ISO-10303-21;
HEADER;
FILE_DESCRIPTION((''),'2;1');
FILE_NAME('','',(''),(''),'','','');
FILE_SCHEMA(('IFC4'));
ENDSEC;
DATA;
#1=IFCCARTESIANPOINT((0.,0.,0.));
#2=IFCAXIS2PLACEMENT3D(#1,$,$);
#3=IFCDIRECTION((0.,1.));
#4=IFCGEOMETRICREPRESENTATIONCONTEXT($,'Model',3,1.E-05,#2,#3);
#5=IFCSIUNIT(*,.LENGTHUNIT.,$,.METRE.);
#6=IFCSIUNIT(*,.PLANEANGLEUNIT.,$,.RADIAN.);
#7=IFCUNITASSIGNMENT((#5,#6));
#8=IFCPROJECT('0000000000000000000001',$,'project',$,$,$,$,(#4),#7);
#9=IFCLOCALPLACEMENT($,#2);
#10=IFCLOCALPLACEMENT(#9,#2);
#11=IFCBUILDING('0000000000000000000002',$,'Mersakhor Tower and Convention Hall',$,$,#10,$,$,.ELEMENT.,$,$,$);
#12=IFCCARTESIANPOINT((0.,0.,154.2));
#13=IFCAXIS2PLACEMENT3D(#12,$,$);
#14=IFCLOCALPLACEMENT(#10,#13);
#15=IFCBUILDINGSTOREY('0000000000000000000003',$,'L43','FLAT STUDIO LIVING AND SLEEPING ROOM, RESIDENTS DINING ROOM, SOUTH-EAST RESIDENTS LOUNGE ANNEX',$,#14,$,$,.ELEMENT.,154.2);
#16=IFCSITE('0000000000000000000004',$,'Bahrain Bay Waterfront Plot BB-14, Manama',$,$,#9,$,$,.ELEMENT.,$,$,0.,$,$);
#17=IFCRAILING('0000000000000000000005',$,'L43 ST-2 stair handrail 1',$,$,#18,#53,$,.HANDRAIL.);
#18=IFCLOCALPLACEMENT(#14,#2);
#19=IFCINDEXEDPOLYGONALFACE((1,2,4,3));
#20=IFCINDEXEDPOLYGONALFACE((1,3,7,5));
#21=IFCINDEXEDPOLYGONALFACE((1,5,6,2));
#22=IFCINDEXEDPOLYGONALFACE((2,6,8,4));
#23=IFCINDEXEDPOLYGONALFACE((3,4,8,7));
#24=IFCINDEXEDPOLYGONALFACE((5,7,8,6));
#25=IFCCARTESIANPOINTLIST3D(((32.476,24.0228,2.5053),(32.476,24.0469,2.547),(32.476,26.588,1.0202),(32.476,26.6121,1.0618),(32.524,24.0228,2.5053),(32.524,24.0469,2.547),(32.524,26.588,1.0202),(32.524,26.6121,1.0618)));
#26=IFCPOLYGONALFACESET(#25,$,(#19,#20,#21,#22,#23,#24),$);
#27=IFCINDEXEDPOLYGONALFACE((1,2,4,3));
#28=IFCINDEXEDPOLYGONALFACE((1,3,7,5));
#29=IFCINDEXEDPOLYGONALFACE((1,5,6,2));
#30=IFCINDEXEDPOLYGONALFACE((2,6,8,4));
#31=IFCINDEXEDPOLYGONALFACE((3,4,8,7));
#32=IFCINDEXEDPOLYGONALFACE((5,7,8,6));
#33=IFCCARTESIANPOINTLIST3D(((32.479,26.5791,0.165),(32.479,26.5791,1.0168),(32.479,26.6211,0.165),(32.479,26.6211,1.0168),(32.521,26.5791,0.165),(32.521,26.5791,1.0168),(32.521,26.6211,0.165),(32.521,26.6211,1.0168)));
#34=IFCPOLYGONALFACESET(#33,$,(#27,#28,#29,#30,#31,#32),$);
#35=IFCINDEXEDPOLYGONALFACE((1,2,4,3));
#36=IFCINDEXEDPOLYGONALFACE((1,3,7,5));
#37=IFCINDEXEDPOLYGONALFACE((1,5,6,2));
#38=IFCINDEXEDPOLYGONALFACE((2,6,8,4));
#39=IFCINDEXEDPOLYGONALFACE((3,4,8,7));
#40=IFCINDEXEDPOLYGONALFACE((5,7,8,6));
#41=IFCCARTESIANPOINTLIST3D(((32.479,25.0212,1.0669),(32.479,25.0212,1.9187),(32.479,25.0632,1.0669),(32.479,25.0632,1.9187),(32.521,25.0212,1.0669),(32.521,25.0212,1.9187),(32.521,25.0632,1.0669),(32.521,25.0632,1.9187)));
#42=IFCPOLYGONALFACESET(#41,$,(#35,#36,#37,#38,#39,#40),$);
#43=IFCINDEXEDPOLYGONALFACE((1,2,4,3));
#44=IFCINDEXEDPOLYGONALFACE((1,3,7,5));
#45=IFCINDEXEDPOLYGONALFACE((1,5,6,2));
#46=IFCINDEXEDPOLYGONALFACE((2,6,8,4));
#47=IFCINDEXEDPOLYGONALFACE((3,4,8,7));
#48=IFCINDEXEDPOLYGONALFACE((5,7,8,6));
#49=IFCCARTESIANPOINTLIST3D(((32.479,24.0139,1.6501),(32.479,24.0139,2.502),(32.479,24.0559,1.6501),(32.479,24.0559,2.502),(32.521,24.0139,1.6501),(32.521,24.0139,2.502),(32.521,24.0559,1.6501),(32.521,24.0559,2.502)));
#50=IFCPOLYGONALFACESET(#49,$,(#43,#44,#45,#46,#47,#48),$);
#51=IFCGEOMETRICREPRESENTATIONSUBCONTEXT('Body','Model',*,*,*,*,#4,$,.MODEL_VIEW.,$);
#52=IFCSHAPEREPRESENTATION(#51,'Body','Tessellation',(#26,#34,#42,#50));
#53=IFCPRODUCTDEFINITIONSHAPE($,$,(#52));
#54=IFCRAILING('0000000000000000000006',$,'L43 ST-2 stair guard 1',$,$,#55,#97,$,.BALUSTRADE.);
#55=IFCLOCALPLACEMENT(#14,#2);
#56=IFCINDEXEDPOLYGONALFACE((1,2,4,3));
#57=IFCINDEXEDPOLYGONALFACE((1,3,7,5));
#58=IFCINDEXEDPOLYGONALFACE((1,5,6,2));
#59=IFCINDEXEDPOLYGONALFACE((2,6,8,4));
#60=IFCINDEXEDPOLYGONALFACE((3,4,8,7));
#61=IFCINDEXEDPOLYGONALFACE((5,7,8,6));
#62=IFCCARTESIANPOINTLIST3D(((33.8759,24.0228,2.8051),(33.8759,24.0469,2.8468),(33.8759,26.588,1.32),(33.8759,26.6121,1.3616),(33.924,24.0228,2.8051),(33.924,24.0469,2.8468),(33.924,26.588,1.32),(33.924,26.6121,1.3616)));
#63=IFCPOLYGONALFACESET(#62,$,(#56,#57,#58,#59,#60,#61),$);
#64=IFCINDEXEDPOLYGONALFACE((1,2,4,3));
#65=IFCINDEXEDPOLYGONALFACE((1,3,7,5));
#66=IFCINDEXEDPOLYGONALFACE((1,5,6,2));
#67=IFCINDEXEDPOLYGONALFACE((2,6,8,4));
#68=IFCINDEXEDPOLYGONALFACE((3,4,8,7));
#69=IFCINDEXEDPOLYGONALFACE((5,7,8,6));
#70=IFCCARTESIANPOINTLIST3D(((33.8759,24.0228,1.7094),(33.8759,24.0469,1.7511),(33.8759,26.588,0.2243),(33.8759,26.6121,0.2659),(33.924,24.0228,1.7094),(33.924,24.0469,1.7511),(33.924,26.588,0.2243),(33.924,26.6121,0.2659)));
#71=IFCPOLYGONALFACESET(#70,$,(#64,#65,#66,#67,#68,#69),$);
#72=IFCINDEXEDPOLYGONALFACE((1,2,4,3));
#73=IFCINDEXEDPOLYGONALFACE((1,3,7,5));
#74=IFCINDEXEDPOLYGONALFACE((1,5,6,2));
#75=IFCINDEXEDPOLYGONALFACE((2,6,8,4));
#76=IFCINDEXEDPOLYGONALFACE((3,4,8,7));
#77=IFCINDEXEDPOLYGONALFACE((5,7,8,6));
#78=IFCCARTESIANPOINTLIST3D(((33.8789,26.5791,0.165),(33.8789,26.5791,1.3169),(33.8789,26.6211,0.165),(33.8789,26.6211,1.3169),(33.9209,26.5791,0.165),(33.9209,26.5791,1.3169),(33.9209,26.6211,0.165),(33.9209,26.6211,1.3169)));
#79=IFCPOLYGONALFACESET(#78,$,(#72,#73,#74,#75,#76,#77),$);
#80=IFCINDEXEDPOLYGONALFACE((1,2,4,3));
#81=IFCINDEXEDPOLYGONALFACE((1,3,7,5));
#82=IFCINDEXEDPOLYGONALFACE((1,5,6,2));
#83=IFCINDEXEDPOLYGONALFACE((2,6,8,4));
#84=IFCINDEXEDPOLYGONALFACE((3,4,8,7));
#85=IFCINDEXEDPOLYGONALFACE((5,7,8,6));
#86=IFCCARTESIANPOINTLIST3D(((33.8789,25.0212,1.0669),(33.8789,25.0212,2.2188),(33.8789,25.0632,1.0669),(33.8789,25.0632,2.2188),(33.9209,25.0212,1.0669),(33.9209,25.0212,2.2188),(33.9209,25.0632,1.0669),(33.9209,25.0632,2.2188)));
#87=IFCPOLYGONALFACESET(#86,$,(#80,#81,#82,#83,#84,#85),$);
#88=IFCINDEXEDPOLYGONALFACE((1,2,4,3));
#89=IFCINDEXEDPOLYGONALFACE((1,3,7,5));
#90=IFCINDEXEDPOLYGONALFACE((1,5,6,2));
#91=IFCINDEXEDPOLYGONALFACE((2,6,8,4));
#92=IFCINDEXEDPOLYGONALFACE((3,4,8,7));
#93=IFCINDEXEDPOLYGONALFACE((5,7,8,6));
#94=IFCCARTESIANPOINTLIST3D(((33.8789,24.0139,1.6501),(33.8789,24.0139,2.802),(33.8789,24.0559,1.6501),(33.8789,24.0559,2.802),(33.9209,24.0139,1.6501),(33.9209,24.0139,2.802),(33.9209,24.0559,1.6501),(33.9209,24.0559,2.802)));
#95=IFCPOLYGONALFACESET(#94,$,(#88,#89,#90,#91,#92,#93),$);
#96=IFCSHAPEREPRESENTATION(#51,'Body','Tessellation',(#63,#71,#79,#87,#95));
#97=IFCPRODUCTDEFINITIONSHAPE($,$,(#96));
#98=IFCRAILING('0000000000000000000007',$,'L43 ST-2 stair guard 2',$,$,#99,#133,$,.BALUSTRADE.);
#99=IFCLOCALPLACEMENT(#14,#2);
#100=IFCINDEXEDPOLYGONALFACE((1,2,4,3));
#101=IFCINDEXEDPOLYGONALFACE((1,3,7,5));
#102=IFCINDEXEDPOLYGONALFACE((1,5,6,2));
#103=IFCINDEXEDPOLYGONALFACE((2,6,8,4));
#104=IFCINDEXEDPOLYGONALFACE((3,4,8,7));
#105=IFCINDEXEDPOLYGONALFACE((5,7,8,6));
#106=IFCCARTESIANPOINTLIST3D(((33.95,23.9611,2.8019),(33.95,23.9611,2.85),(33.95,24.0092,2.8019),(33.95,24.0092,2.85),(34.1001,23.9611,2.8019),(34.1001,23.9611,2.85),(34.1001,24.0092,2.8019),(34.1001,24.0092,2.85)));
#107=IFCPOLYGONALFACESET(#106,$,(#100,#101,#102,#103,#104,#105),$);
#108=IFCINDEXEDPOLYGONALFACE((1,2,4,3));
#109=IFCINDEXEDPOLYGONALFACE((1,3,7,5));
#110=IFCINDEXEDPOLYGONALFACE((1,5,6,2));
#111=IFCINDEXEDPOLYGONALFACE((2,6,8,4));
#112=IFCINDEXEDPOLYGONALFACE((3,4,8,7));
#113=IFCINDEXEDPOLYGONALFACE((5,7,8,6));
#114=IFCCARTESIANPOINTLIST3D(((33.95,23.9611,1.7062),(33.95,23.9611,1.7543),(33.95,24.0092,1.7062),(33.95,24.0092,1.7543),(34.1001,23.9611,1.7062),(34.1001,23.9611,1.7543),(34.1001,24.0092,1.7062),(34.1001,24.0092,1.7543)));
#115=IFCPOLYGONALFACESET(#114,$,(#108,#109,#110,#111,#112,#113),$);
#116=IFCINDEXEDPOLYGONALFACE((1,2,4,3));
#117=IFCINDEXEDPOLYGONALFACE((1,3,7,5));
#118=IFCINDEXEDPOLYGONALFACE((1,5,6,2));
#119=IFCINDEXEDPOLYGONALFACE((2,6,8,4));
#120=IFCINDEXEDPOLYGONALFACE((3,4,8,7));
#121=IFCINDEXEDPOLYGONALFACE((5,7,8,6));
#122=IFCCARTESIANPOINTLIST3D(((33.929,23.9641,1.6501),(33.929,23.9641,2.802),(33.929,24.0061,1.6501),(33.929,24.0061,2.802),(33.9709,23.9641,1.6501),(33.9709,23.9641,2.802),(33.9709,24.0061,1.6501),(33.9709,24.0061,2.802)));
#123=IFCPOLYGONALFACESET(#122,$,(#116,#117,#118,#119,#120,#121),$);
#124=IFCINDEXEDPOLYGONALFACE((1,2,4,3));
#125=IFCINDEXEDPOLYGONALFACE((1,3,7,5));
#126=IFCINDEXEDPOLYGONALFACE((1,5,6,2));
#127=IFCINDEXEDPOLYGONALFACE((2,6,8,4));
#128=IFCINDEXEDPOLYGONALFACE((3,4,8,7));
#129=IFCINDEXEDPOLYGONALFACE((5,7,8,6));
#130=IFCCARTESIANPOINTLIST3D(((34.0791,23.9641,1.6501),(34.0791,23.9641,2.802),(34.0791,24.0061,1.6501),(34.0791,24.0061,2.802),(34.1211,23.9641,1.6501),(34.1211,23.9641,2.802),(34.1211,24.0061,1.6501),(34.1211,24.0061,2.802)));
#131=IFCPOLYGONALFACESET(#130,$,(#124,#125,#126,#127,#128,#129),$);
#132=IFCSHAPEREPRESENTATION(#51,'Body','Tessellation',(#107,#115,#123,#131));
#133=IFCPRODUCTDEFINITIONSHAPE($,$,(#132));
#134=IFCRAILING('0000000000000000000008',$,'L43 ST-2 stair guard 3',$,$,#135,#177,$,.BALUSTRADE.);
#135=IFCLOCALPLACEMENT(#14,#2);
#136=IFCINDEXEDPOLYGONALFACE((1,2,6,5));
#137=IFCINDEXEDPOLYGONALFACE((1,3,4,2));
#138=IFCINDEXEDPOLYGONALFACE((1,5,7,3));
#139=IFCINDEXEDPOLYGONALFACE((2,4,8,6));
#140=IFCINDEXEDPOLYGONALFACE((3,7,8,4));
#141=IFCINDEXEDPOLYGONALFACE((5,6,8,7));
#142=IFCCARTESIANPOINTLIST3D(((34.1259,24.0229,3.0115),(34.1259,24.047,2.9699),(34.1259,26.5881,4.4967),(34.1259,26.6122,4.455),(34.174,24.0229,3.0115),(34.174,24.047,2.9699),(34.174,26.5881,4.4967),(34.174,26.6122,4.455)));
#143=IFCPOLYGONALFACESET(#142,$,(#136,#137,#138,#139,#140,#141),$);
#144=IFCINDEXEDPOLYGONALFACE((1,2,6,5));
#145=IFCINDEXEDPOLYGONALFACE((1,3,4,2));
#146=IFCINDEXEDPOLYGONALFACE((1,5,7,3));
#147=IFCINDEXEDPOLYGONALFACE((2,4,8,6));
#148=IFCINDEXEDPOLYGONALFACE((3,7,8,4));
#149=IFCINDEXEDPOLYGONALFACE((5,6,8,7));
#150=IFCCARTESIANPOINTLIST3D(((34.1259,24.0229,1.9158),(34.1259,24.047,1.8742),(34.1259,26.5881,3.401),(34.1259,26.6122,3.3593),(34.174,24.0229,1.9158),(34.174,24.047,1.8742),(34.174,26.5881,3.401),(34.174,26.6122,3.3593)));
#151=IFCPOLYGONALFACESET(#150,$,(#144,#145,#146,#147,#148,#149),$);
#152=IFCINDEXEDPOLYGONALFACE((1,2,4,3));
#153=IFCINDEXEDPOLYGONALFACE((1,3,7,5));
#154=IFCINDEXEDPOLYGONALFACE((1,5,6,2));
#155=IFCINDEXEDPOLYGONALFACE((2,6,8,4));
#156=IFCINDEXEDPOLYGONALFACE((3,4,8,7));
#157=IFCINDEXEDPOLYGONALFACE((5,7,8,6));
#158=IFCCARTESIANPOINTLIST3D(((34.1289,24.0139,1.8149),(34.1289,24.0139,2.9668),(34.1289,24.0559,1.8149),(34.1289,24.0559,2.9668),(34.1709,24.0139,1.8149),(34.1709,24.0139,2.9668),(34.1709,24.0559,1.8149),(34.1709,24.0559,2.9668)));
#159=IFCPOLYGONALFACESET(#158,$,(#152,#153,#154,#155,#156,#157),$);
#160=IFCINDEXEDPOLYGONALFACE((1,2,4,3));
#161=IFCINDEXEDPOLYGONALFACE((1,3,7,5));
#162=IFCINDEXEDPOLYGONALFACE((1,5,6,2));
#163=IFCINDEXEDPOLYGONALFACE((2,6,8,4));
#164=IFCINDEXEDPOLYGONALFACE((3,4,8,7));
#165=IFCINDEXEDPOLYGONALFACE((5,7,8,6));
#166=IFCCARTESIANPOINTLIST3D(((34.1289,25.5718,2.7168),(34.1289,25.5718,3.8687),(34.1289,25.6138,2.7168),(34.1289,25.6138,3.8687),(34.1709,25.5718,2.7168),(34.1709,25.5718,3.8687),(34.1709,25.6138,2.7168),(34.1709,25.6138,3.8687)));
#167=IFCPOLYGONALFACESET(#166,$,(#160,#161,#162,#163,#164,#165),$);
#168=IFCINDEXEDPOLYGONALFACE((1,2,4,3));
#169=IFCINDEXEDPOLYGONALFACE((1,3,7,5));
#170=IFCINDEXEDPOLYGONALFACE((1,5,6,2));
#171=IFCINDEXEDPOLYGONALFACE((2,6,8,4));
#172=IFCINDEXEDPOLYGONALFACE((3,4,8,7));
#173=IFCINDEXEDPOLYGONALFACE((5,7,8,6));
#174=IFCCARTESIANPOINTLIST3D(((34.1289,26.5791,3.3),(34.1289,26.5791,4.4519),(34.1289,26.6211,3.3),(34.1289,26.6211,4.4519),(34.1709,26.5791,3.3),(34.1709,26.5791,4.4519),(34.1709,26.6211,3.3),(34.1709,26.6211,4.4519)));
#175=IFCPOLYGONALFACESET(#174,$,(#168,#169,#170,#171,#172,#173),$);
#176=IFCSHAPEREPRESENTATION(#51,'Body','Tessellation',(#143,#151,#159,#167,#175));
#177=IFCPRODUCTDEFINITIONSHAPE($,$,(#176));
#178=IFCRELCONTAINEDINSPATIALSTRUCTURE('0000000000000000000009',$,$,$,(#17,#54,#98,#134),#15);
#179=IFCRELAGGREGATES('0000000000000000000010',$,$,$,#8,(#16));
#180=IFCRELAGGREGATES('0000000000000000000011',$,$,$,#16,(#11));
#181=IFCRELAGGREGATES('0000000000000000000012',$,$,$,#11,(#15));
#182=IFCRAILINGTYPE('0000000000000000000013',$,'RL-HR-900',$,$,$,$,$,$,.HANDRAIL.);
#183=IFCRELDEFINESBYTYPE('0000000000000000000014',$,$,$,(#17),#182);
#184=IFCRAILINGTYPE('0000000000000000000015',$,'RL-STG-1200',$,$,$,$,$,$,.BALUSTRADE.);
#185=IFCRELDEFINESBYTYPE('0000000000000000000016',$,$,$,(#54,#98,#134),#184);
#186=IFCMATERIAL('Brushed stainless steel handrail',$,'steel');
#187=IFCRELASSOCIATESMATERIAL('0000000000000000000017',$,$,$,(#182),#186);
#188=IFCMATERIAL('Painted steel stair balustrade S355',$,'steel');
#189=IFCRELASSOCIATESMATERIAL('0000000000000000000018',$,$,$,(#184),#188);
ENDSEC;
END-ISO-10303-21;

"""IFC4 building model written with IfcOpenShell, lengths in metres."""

from ifc_helpers import new_model, si_unit, direction, frame, origin, origin_2d, place, context, subcontext, project, spatial, rectangle, extrude, material, type_object, element, save


model = new_model("IFC4")

# Units and contexts
model_context = context("Model", 3, precision=1e-05, world=origin(), true_north=direction((0.0, 1.0)))
body_context = subcontext(model_context, "Body", "Model", "MODEL_VIEW")
ifc_project = project(units=[si_unit("LENGTHUNIT", "METRE"), si_unit("PLANEANGLEUNIT", "RADIAN")], contexts=[model_context])

# Site, building, storey
site_placement = place(None, origin())
site = spatial("IfcSite", under=ifc_project, at=site_placement, Name="Bahrain Bay Waterfront Plot BB-14, Manama", CompositionType="ELEMENT", RefElevation=0.0)
building_placement = place(site_placement, origin())
building = spatial("IfcBuilding", under=site, at=building_placement, Name="Mersakhor Tower and Convention Hall", CompositionType="ELEMENT")
storey_placement = place(building_placement, frame((0.0, 0.0, 154.2)))
storey = spatial("IfcBuildingStorey", under=building, at=storey_placement, Name="L43", Description="FLAT STUDIO LIVING AND SLEEPING ROOM, RESIDENTS DINING ROOM, SOUTH-EAST RESIDENTS LOUNGE ANNEX", CompositionType="ELEMENT", Elevation=154.2)

# Railings
ifc_material_1 = material(Name="Brushed stainless steel handrail", Category="steel")
railing_type_1 = type_object("IfcRailingType", Name="RL-HR-900", PredefinedType="HANDRAIL", material=ifc_material_1)
railing_1_placement = place(storey_placement, frame((32.5, 26.6001, 0.165)))
element("IfcRailing", 1, at=railing_1_placement, inside=storey, type_object=railing_type_1, Name="L43 ST-2 stair handrail 1", PredefinedType="HANDRAIL", context=body_context, shape_type="SweptSolid", body=[
    extrude(rectangle(XDim=0.0481, YDim=0.0481, at=origin_2d()), frame((0.0, 0.0, 0.876), z_axis=(0.0, -0.865426, 0.501036), x_axis=(1.0, 0.0, 0.0)), (0.0, 0.0, 1.0), 2.9641),
    extrude(rectangle(XDim=0.042, YDim=0.042, at=origin_2d()), origin(), (0.0, 0.0, 1.0), 0.8518),
    extrude(rectangle(XDim=0.042, YDim=0.042, at=origin_2d()), frame((0.0, -1.5579, 0.9019)), (0.0, 0.0, 1.0), 0.8518),
    extrude(rectangle(XDim=0.042, YDim=0.042, at=origin_2d()), frame((0.0, -2.5652, 1.4851)), (0.0, 0.0, 1.0), 0.8518),
])
ifc_material_2 = material(Name="Painted steel stair balustrade S355", Category="steel")
railing_type_2 = type_object("IfcRailingType", Name="RL-STG-1200", PredefinedType="BALUSTRADE", material=ifc_material_2)
railing_2_placement = place(storey_placement, frame((33.8999, 26.6001, 0.165)))
element("IfcRailing", 2, at=railing_2_placement, inside=storey, type_object=railing_type_2, Name="L43 ST-2 stair guard 1", PredefinedType="BALUSTRADE", context=body_context, shape_type="SweptSolid", body=[
    extrude(rectangle(XDim=0.0481, YDim=0.0481, at=origin_2d()), frame((0.0, 0.0, 1.1758), z_axis=(0.0, -0.865426, 0.501036), x_axis=(1.0, 0.0, 0.0)), (0.0, 0.0, 1.0), 2.9641),
    extrude(rectangle(XDim=0.0481, YDim=0.0481, at=origin_2d()), frame((0.0, 0.0, 0.0801), z_axis=(0.0, -0.865426, 0.501036), x_axis=(1.0, 0.0, 0.0)), (0.0, 0.0, 1.0), 2.9641),
    extrude(rectangle(XDim=0.042, YDim=0.042, at=origin_2d()), origin(), (0.0, 0.0, 1.0), 1.1519),
    extrude(rectangle(XDim=0.042, YDim=0.042, at=origin_2d()), frame((0.0, -1.5579, 0.9019)), (0.0, 0.0, 1.0), 1.1519),
    extrude(rectangle(XDim=0.042, YDim=0.042, at=origin_2d()), frame((0.0, -2.5652, 1.4851)), (0.0, 0.0, 1.0), 1.1519),
])
railing_3_placement = place(storey_placement, frame((33.95, 23.9851, 1.6501)))
element("IfcRailing", 3, at=railing_3_placement, inside=storey, type_object=railing_type_2, Name="L43 ST-2 stair guard 2", PredefinedType="BALUSTRADE", context=body_context, shape_type="SweptSolid", body=[
    extrude(rectangle(XDim=0.0481, YDim=0.0481, at=origin_2d()), frame((0.0, 0.0, 1.1758), z_axis=(1.0, 0.0, 0.0), x_axis=(0.0, 1.0, 0.0)), (0.0, 0.0, 1.0), 0.1501),
    extrude(rectangle(XDim=0.0481, YDim=0.0481, at=origin_2d()), frame((0.0, 0.0, 0.0801), z_axis=(1.0, 0.0, 0.0), x_axis=(0.0, 1.0, 0.0)), (0.0, 0.0, 1.0), 0.1501),
    extrude(rectangle(XDim=0.042, YDim=0.042, at=origin_2d()), origin(), (0.0, 0.0, 1.0), 1.1519),
    extrude(rectangle(XDim=0.042, YDim=0.042, at=origin_2d()), frame((0.1501, 0.0, 0.0)), (0.0, 0.0, 1.0), 1.1519),
])
railing_4_placement = place(storey_placement, frame((34.1499, 24.0349, 1.8149)))
element("IfcRailing", 4, at=railing_4_placement, inside=storey, type_object=railing_type_2, Name="L43 ST-2 stair guard 3", PredefinedType="BALUSTRADE", context=body_context, shape_type="SweptSolid", body=[
    extrude(rectangle(XDim=0.0481, YDim=0.0481, at=origin_2d()), frame((0.0, 0.0, 1.1758), z_axis=(0.0, 0.865426, 0.501036), x_axis=(-1.0, 0.0, 0.0)), (0.0, 0.0, 1.0), 2.9641),
    extrude(rectangle(XDim=0.0481, YDim=0.0481, at=origin_2d()), frame((0.0, 0.0, 0.0801), z_axis=(0.0, 0.865426, 0.501036), x_axis=(-1.0, 0.0, 0.0)), (0.0, 0.0, 1.0), 2.9641),
    extrude(rectangle(XDim=0.042, YDim=0.042, at=origin_2d()), origin(), (0.0, 0.0, 1.0), 1.1519),
    extrude(rectangle(XDim=0.042, YDim=0.042, at=origin_2d()), frame((0.0, 1.5579, 0.9019)), (0.0, 0.0, 1.0), 1.1519),
    extrude(rectangle(XDim=0.042, YDim=0.042, at=origin_2d()), frame((0.0, 2.5652, 1.4851)), (0.0, 0.0, 1.0), 1.1519),
])

save(model, "model.ifc")
